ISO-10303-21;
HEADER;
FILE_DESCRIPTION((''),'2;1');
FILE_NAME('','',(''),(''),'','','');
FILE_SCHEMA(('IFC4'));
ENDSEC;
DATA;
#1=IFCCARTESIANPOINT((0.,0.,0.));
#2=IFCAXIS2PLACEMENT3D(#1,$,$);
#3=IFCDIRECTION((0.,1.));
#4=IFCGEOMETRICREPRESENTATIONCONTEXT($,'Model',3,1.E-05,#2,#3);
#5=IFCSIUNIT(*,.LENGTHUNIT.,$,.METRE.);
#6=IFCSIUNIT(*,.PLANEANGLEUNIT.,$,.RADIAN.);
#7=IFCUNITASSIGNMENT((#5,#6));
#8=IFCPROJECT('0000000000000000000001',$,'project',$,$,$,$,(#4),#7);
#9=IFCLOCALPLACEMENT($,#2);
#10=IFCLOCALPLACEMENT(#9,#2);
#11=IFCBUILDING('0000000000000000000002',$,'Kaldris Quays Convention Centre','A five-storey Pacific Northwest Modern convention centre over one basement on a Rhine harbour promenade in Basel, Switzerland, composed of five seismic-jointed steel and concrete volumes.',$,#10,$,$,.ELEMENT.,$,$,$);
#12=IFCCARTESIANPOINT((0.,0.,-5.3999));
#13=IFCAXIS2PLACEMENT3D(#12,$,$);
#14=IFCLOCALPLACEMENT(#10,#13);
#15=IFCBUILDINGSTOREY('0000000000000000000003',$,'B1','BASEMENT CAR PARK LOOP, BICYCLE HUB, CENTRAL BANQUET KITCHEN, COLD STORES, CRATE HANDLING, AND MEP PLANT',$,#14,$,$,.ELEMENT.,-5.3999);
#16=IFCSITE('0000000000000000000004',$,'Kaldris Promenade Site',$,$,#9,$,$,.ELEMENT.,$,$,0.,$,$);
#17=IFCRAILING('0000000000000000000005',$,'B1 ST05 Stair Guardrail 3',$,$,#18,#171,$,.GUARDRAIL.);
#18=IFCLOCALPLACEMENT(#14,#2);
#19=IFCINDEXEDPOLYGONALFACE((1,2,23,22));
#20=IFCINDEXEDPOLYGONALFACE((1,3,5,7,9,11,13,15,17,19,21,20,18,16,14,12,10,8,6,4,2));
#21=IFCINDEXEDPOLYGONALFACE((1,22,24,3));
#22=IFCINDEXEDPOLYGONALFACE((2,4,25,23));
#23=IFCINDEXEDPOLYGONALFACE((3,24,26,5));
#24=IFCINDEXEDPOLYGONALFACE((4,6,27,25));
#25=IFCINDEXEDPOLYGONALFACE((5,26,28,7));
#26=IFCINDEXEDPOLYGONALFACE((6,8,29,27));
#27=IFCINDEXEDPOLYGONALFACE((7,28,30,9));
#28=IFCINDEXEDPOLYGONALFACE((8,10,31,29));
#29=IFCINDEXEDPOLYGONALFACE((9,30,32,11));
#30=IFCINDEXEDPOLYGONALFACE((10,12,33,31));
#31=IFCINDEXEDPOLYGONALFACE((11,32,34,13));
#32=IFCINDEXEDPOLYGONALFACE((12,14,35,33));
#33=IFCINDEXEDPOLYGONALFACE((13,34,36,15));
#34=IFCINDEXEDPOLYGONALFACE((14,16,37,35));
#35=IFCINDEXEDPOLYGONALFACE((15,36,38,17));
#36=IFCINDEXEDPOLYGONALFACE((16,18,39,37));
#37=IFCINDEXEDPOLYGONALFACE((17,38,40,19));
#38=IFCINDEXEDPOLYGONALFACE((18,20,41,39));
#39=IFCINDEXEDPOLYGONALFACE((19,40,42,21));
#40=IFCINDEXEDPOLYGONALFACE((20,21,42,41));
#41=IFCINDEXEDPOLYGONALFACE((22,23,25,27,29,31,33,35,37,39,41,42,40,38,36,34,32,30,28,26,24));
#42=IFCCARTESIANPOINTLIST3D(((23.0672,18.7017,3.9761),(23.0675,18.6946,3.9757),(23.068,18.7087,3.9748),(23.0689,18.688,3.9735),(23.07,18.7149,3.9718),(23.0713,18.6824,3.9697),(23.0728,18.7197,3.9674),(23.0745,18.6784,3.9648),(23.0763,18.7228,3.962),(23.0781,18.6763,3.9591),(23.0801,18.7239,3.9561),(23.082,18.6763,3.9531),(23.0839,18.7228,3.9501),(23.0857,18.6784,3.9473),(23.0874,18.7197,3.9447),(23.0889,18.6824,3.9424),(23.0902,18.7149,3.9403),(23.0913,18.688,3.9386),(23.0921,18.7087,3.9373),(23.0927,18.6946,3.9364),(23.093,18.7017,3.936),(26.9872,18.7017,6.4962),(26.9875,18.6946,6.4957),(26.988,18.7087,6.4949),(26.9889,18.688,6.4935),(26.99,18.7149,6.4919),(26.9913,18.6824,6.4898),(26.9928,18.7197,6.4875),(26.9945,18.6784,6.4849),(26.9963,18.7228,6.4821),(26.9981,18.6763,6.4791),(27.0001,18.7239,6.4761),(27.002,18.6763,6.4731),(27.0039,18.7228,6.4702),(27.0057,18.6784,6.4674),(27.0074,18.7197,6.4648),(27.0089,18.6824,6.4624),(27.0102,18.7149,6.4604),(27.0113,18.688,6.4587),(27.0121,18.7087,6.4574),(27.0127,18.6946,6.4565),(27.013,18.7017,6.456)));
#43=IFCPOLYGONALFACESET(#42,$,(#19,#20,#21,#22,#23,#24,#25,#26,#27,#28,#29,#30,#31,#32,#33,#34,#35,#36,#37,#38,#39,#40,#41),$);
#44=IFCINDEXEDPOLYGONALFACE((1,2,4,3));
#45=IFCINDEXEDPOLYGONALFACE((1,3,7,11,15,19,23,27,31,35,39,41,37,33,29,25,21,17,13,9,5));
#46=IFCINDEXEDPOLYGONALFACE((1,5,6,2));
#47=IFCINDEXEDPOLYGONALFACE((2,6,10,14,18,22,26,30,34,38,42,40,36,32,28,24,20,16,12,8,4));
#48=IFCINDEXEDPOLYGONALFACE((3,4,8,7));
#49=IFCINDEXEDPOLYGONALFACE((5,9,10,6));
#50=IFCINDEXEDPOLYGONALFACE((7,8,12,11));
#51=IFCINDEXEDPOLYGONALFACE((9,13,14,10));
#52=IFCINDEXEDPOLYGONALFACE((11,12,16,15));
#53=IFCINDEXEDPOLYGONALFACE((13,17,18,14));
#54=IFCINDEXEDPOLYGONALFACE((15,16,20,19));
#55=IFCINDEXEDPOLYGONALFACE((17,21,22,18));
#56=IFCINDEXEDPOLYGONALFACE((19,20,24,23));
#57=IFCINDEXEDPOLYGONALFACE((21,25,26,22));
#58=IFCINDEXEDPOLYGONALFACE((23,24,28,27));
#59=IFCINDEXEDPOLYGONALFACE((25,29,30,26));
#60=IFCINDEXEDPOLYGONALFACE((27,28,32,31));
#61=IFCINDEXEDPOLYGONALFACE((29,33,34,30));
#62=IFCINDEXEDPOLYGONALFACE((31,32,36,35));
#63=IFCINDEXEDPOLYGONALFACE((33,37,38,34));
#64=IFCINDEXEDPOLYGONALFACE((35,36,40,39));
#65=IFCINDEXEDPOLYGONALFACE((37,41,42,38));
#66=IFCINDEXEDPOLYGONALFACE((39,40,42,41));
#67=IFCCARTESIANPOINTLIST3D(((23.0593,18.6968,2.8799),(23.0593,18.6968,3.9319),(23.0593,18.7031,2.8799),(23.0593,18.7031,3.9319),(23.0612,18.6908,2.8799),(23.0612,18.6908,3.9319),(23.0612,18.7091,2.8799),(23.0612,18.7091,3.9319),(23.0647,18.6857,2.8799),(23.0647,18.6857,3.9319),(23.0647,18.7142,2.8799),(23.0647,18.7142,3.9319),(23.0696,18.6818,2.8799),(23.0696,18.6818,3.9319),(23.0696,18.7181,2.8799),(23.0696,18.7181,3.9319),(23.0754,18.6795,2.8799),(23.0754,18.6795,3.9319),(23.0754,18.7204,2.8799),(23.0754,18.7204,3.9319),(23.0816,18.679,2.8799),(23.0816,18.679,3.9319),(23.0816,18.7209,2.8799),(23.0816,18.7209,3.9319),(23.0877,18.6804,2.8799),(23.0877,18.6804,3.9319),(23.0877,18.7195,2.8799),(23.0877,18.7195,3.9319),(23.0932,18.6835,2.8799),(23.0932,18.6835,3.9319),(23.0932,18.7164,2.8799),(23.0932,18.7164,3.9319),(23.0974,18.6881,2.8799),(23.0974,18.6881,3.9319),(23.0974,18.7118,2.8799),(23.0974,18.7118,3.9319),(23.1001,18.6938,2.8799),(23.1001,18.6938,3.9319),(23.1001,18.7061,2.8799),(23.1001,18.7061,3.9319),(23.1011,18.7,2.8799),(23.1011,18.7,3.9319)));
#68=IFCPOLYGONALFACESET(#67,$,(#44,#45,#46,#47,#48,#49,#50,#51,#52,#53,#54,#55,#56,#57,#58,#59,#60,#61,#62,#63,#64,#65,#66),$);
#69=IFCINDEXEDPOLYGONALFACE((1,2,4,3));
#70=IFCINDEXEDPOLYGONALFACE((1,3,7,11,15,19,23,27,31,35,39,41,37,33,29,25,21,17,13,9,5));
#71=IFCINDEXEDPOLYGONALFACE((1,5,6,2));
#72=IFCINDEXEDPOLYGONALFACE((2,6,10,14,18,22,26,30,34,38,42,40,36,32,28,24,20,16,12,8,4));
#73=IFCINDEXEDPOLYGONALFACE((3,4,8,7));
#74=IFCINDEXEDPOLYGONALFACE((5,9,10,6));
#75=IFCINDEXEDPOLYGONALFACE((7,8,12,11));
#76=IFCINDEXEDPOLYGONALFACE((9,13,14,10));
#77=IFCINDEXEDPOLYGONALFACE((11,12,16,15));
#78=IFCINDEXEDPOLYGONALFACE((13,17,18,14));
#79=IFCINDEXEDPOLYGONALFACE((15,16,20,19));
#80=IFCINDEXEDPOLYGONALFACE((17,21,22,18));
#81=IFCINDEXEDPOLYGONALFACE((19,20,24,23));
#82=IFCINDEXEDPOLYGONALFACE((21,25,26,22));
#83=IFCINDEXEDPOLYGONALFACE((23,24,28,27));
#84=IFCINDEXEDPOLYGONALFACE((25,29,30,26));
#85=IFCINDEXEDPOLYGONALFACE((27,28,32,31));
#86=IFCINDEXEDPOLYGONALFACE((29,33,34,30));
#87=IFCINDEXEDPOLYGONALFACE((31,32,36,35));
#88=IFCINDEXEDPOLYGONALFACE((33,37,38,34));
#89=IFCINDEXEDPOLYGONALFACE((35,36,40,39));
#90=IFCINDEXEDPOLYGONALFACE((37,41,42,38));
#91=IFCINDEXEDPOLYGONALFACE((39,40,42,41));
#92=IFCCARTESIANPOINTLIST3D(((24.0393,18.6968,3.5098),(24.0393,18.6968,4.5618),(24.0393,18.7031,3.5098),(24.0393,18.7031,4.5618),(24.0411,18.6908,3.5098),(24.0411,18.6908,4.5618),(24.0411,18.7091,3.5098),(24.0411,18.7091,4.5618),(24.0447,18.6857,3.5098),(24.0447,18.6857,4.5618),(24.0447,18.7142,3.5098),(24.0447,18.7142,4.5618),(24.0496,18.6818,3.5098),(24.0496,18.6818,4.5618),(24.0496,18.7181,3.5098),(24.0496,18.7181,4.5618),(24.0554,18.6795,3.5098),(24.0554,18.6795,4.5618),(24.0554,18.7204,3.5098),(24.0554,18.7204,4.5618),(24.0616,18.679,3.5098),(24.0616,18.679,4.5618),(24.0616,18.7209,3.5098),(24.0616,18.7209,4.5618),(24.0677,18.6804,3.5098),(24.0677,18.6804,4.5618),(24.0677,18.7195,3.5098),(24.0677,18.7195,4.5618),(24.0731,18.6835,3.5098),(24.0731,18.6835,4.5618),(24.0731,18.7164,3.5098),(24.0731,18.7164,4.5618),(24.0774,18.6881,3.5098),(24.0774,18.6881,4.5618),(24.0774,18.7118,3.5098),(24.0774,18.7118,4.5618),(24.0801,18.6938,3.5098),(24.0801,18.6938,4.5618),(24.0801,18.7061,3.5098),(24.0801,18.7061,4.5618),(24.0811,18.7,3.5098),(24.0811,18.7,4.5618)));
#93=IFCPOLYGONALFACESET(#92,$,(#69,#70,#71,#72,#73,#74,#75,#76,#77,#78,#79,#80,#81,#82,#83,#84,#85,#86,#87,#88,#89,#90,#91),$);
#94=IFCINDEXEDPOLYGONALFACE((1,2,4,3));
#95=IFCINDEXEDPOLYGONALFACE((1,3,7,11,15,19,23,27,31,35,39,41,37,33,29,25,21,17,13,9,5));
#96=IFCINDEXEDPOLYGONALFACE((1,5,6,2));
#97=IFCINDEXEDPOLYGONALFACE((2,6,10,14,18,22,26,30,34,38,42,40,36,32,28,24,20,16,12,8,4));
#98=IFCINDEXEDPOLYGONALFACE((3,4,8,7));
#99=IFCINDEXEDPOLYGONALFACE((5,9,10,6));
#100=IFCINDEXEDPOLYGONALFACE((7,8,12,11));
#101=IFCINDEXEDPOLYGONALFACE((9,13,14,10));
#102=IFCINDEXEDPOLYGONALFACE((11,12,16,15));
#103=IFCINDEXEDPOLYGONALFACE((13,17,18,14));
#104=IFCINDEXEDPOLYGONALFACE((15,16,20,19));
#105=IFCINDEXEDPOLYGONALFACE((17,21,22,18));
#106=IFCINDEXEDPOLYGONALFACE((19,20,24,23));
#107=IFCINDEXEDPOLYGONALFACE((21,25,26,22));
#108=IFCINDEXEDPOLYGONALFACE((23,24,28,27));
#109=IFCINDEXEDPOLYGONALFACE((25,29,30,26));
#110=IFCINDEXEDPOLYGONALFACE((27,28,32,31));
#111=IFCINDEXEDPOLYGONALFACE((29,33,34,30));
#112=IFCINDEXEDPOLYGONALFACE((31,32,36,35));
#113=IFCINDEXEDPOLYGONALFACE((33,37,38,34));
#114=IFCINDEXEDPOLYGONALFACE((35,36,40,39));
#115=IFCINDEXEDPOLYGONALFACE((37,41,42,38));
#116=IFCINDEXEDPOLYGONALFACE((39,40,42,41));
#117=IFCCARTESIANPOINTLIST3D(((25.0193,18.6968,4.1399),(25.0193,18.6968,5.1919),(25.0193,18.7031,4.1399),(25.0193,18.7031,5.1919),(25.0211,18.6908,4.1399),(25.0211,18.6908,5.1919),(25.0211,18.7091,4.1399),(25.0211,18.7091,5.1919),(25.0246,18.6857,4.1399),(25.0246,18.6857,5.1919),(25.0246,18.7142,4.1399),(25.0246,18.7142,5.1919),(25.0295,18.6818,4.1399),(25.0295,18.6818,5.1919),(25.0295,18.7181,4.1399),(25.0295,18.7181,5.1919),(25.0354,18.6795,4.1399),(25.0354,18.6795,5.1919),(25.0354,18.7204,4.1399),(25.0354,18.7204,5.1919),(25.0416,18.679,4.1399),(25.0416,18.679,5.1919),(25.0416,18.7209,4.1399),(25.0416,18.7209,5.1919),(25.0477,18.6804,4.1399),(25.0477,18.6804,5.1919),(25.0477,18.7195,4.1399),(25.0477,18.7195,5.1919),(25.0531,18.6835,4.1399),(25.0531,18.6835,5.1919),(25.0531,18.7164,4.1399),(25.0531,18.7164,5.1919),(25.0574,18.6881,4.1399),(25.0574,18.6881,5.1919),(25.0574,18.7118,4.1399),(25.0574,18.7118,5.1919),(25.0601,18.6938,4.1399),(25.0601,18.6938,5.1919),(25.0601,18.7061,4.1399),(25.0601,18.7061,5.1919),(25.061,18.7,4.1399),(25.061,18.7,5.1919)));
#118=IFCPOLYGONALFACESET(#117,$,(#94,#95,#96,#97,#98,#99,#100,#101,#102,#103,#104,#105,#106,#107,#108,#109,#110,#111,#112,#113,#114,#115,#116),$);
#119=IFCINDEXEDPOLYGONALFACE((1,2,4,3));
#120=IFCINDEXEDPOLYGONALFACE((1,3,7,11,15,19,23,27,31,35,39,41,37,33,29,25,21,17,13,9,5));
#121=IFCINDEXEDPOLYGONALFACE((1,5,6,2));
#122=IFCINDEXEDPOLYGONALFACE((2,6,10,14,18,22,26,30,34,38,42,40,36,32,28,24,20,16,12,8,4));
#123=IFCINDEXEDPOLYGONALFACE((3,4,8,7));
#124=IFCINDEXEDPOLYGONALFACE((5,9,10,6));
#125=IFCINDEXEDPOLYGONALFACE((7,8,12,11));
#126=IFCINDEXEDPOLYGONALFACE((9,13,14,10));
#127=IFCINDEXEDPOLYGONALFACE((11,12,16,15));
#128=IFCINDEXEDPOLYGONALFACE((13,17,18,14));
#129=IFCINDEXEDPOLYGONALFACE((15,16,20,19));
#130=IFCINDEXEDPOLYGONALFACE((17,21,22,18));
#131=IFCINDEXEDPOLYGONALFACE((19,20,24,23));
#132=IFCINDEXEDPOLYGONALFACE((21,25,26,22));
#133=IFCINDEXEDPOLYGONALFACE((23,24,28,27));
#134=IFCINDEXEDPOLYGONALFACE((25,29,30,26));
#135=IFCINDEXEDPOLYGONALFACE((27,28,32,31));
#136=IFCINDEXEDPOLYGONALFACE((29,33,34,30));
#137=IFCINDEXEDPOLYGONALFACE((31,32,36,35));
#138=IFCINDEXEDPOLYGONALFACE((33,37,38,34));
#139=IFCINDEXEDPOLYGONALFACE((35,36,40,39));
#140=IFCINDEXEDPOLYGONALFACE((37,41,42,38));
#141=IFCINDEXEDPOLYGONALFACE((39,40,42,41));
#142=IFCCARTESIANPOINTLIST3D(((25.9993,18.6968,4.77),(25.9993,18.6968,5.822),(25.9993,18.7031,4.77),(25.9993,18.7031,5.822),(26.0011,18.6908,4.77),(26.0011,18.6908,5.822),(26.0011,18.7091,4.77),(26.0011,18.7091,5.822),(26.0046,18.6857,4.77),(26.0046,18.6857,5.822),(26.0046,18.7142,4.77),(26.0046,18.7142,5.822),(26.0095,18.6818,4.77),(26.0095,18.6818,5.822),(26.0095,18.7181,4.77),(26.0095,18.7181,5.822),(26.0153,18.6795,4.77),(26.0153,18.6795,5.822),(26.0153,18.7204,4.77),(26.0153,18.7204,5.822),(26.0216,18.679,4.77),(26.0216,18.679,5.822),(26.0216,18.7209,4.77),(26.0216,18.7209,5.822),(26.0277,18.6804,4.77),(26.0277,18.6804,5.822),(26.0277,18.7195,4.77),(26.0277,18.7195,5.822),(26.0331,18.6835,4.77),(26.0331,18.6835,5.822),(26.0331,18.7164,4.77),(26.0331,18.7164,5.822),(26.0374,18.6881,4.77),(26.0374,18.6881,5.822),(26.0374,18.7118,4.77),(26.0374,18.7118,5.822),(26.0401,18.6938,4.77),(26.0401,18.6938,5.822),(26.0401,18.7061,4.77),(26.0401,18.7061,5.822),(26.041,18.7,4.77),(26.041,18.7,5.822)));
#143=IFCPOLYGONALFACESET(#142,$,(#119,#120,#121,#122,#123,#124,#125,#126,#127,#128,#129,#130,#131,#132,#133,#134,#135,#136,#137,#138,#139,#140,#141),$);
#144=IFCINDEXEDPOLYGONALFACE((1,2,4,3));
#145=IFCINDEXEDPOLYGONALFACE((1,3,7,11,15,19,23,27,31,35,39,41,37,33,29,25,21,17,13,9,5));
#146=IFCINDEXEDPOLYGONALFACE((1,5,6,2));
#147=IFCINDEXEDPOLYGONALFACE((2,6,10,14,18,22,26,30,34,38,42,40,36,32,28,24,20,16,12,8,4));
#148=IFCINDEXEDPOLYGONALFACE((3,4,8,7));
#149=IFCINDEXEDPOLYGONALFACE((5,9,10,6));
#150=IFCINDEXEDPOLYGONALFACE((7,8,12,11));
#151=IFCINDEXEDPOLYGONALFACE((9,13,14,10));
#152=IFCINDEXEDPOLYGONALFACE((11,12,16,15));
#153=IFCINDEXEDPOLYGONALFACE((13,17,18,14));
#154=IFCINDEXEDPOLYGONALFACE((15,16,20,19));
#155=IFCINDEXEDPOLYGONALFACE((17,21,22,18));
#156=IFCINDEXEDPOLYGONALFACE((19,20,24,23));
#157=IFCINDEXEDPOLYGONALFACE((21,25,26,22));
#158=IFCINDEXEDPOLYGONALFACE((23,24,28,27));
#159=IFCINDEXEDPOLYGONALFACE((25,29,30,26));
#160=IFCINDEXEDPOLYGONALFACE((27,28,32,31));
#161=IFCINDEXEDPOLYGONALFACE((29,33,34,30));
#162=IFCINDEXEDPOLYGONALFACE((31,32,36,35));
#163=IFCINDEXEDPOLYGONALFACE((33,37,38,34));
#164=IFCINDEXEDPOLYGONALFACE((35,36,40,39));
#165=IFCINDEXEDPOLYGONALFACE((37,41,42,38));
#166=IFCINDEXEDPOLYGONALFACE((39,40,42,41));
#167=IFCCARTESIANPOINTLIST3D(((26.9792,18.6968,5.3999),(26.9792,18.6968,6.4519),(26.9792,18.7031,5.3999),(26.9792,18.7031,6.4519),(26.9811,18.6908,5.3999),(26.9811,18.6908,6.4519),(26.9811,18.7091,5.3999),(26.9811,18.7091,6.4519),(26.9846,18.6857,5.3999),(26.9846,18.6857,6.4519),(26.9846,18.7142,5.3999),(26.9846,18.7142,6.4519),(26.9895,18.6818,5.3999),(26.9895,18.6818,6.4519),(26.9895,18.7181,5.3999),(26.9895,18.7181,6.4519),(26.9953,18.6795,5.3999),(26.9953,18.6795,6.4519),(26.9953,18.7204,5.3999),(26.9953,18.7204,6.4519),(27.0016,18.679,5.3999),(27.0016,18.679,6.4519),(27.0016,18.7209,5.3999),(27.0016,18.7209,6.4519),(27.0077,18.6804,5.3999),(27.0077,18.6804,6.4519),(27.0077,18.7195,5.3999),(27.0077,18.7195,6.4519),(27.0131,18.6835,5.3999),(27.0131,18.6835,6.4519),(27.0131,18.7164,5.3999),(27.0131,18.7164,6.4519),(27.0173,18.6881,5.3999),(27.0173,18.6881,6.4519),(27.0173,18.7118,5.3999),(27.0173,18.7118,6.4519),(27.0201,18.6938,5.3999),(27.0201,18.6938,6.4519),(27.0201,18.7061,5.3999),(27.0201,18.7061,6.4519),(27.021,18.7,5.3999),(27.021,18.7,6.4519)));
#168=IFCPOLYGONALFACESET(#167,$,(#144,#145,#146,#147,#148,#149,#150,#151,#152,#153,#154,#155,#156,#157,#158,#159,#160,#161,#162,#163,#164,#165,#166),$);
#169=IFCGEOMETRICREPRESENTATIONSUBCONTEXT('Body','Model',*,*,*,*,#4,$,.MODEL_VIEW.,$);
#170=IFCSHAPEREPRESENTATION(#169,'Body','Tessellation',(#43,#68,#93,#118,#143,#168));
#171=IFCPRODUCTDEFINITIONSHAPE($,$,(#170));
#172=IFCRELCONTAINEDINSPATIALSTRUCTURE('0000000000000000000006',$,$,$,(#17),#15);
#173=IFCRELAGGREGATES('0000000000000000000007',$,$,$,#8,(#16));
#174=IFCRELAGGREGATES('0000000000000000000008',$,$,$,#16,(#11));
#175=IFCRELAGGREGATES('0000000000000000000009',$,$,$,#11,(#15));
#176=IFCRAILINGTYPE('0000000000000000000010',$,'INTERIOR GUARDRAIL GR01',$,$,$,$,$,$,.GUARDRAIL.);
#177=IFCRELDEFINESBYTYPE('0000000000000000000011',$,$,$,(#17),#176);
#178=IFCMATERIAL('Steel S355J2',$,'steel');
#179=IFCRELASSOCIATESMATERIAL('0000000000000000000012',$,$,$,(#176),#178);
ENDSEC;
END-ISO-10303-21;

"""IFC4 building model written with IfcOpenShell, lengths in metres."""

from ifc_helpers import new_model, si_unit, direction, frame, origin, origin_2d, place, context, subcontext, project, spatial, circle, extrude, material, type_object, element, save


model = new_model("IFC4")

# Units and contexts
model_context = context("Model", 3, precision=1e-05, world=origin(), true_north=direction((0.0, 1.0)))
body_context = subcontext(model_context, "Body", "Model", "MODEL_VIEW")
ifc_project = project(units=[si_unit("LENGTHUNIT", "METRE"), si_unit("PLANEANGLEUNIT", "RADIAN")], contexts=[model_context])

# Site, building, storey
site_placement = place(None, origin())
site = spatial("IfcSite", under=ifc_project, at=site_placement, Name="Kaldris Promenade Site", CompositionType="ELEMENT", RefElevation=0.0)
building_placement = place(site_placement, origin())
building = spatial("IfcBuilding", under=site, at=building_placement, Name="Kaldris Quays Convention Centre", Description="A five-storey Pacific Northwest Modern convention centre over one basement on a Rhine harbour promenade in Basel, Switzerland, composed of five seismic-jointed steel and concrete volumes.", CompositionType="ELEMENT")
storey_placement = place(building_placement, frame((0.0, 0.0, -5.3999)))
storey = spatial("IfcBuildingStorey", under=building, at=storey_placement, Name="B1", Description="BASEMENT CAR PARK LOOP, BICYCLE HUB, CENTRAL BANQUET KITCHEN, COLD STORES, CRATE HANDLING, AND MEP PLANT", CompositionType="ELEMENT", Elevation=-5.3999)

# Shared definitions
ifc_material_1 = material(Name="Steel S355J2", Category="steel")

# Railing
railing_type_1 = type_object("IfcRailingType", Name="INTERIOR GUARDRAIL GR01", PredefinedType="GUARDRAIL", material=ifc_material_1)
railing_1_placement = place(storey_placement, frame((23.0801, 18.7, 2.8799)))
element("IfcRailing", 1, at=railing_1_placement, inside=storey, type_object=railing_type_1, Name="B1 ST05 Stair Guardrail 3", PredefinedType="GUARDRAIL", context=body_context, shape_type="SweptSolid", body=[
    extrude(circle(Radius=0.0239, at=origin_2d()), frame((0.0, 0.0, 1.0762), z_axis=(0.841172, 0.0, 0.540768), x_axis=(0.0, 1.0, 0.0)), (0.0, 0.0, 1.0), 4.6602),
    extrude(circle(Radius=0.021, at=origin_2d()), origin(), (0.0, 0.0, 1.0), 1.052),
    extrude(circle(Radius=0.021, at=origin_2d()), frame((0.98, 0.0, 0.6299)), (0.0, 0.0, 1.0), 1.052),
    extrude(circle(Radius=0.021, at=origin_2d()), frame((1.96, 0.0, 1.26)), (0.0, 0.0, 1.0), 1.052),
    extrude(circle(Radius=0.021, at=origin_2d()), frame((2.9399, 0.0, 1.8901)), (0.0, 0.0, 1.0), 1.052),
    extrude(circle(Radius=0.021, at=origin_2d()), frame((3.9199, 0.0, 2.52)), (0.0, 0.0, 1.0), 1.052),
])

save(model, "model.ifc")
